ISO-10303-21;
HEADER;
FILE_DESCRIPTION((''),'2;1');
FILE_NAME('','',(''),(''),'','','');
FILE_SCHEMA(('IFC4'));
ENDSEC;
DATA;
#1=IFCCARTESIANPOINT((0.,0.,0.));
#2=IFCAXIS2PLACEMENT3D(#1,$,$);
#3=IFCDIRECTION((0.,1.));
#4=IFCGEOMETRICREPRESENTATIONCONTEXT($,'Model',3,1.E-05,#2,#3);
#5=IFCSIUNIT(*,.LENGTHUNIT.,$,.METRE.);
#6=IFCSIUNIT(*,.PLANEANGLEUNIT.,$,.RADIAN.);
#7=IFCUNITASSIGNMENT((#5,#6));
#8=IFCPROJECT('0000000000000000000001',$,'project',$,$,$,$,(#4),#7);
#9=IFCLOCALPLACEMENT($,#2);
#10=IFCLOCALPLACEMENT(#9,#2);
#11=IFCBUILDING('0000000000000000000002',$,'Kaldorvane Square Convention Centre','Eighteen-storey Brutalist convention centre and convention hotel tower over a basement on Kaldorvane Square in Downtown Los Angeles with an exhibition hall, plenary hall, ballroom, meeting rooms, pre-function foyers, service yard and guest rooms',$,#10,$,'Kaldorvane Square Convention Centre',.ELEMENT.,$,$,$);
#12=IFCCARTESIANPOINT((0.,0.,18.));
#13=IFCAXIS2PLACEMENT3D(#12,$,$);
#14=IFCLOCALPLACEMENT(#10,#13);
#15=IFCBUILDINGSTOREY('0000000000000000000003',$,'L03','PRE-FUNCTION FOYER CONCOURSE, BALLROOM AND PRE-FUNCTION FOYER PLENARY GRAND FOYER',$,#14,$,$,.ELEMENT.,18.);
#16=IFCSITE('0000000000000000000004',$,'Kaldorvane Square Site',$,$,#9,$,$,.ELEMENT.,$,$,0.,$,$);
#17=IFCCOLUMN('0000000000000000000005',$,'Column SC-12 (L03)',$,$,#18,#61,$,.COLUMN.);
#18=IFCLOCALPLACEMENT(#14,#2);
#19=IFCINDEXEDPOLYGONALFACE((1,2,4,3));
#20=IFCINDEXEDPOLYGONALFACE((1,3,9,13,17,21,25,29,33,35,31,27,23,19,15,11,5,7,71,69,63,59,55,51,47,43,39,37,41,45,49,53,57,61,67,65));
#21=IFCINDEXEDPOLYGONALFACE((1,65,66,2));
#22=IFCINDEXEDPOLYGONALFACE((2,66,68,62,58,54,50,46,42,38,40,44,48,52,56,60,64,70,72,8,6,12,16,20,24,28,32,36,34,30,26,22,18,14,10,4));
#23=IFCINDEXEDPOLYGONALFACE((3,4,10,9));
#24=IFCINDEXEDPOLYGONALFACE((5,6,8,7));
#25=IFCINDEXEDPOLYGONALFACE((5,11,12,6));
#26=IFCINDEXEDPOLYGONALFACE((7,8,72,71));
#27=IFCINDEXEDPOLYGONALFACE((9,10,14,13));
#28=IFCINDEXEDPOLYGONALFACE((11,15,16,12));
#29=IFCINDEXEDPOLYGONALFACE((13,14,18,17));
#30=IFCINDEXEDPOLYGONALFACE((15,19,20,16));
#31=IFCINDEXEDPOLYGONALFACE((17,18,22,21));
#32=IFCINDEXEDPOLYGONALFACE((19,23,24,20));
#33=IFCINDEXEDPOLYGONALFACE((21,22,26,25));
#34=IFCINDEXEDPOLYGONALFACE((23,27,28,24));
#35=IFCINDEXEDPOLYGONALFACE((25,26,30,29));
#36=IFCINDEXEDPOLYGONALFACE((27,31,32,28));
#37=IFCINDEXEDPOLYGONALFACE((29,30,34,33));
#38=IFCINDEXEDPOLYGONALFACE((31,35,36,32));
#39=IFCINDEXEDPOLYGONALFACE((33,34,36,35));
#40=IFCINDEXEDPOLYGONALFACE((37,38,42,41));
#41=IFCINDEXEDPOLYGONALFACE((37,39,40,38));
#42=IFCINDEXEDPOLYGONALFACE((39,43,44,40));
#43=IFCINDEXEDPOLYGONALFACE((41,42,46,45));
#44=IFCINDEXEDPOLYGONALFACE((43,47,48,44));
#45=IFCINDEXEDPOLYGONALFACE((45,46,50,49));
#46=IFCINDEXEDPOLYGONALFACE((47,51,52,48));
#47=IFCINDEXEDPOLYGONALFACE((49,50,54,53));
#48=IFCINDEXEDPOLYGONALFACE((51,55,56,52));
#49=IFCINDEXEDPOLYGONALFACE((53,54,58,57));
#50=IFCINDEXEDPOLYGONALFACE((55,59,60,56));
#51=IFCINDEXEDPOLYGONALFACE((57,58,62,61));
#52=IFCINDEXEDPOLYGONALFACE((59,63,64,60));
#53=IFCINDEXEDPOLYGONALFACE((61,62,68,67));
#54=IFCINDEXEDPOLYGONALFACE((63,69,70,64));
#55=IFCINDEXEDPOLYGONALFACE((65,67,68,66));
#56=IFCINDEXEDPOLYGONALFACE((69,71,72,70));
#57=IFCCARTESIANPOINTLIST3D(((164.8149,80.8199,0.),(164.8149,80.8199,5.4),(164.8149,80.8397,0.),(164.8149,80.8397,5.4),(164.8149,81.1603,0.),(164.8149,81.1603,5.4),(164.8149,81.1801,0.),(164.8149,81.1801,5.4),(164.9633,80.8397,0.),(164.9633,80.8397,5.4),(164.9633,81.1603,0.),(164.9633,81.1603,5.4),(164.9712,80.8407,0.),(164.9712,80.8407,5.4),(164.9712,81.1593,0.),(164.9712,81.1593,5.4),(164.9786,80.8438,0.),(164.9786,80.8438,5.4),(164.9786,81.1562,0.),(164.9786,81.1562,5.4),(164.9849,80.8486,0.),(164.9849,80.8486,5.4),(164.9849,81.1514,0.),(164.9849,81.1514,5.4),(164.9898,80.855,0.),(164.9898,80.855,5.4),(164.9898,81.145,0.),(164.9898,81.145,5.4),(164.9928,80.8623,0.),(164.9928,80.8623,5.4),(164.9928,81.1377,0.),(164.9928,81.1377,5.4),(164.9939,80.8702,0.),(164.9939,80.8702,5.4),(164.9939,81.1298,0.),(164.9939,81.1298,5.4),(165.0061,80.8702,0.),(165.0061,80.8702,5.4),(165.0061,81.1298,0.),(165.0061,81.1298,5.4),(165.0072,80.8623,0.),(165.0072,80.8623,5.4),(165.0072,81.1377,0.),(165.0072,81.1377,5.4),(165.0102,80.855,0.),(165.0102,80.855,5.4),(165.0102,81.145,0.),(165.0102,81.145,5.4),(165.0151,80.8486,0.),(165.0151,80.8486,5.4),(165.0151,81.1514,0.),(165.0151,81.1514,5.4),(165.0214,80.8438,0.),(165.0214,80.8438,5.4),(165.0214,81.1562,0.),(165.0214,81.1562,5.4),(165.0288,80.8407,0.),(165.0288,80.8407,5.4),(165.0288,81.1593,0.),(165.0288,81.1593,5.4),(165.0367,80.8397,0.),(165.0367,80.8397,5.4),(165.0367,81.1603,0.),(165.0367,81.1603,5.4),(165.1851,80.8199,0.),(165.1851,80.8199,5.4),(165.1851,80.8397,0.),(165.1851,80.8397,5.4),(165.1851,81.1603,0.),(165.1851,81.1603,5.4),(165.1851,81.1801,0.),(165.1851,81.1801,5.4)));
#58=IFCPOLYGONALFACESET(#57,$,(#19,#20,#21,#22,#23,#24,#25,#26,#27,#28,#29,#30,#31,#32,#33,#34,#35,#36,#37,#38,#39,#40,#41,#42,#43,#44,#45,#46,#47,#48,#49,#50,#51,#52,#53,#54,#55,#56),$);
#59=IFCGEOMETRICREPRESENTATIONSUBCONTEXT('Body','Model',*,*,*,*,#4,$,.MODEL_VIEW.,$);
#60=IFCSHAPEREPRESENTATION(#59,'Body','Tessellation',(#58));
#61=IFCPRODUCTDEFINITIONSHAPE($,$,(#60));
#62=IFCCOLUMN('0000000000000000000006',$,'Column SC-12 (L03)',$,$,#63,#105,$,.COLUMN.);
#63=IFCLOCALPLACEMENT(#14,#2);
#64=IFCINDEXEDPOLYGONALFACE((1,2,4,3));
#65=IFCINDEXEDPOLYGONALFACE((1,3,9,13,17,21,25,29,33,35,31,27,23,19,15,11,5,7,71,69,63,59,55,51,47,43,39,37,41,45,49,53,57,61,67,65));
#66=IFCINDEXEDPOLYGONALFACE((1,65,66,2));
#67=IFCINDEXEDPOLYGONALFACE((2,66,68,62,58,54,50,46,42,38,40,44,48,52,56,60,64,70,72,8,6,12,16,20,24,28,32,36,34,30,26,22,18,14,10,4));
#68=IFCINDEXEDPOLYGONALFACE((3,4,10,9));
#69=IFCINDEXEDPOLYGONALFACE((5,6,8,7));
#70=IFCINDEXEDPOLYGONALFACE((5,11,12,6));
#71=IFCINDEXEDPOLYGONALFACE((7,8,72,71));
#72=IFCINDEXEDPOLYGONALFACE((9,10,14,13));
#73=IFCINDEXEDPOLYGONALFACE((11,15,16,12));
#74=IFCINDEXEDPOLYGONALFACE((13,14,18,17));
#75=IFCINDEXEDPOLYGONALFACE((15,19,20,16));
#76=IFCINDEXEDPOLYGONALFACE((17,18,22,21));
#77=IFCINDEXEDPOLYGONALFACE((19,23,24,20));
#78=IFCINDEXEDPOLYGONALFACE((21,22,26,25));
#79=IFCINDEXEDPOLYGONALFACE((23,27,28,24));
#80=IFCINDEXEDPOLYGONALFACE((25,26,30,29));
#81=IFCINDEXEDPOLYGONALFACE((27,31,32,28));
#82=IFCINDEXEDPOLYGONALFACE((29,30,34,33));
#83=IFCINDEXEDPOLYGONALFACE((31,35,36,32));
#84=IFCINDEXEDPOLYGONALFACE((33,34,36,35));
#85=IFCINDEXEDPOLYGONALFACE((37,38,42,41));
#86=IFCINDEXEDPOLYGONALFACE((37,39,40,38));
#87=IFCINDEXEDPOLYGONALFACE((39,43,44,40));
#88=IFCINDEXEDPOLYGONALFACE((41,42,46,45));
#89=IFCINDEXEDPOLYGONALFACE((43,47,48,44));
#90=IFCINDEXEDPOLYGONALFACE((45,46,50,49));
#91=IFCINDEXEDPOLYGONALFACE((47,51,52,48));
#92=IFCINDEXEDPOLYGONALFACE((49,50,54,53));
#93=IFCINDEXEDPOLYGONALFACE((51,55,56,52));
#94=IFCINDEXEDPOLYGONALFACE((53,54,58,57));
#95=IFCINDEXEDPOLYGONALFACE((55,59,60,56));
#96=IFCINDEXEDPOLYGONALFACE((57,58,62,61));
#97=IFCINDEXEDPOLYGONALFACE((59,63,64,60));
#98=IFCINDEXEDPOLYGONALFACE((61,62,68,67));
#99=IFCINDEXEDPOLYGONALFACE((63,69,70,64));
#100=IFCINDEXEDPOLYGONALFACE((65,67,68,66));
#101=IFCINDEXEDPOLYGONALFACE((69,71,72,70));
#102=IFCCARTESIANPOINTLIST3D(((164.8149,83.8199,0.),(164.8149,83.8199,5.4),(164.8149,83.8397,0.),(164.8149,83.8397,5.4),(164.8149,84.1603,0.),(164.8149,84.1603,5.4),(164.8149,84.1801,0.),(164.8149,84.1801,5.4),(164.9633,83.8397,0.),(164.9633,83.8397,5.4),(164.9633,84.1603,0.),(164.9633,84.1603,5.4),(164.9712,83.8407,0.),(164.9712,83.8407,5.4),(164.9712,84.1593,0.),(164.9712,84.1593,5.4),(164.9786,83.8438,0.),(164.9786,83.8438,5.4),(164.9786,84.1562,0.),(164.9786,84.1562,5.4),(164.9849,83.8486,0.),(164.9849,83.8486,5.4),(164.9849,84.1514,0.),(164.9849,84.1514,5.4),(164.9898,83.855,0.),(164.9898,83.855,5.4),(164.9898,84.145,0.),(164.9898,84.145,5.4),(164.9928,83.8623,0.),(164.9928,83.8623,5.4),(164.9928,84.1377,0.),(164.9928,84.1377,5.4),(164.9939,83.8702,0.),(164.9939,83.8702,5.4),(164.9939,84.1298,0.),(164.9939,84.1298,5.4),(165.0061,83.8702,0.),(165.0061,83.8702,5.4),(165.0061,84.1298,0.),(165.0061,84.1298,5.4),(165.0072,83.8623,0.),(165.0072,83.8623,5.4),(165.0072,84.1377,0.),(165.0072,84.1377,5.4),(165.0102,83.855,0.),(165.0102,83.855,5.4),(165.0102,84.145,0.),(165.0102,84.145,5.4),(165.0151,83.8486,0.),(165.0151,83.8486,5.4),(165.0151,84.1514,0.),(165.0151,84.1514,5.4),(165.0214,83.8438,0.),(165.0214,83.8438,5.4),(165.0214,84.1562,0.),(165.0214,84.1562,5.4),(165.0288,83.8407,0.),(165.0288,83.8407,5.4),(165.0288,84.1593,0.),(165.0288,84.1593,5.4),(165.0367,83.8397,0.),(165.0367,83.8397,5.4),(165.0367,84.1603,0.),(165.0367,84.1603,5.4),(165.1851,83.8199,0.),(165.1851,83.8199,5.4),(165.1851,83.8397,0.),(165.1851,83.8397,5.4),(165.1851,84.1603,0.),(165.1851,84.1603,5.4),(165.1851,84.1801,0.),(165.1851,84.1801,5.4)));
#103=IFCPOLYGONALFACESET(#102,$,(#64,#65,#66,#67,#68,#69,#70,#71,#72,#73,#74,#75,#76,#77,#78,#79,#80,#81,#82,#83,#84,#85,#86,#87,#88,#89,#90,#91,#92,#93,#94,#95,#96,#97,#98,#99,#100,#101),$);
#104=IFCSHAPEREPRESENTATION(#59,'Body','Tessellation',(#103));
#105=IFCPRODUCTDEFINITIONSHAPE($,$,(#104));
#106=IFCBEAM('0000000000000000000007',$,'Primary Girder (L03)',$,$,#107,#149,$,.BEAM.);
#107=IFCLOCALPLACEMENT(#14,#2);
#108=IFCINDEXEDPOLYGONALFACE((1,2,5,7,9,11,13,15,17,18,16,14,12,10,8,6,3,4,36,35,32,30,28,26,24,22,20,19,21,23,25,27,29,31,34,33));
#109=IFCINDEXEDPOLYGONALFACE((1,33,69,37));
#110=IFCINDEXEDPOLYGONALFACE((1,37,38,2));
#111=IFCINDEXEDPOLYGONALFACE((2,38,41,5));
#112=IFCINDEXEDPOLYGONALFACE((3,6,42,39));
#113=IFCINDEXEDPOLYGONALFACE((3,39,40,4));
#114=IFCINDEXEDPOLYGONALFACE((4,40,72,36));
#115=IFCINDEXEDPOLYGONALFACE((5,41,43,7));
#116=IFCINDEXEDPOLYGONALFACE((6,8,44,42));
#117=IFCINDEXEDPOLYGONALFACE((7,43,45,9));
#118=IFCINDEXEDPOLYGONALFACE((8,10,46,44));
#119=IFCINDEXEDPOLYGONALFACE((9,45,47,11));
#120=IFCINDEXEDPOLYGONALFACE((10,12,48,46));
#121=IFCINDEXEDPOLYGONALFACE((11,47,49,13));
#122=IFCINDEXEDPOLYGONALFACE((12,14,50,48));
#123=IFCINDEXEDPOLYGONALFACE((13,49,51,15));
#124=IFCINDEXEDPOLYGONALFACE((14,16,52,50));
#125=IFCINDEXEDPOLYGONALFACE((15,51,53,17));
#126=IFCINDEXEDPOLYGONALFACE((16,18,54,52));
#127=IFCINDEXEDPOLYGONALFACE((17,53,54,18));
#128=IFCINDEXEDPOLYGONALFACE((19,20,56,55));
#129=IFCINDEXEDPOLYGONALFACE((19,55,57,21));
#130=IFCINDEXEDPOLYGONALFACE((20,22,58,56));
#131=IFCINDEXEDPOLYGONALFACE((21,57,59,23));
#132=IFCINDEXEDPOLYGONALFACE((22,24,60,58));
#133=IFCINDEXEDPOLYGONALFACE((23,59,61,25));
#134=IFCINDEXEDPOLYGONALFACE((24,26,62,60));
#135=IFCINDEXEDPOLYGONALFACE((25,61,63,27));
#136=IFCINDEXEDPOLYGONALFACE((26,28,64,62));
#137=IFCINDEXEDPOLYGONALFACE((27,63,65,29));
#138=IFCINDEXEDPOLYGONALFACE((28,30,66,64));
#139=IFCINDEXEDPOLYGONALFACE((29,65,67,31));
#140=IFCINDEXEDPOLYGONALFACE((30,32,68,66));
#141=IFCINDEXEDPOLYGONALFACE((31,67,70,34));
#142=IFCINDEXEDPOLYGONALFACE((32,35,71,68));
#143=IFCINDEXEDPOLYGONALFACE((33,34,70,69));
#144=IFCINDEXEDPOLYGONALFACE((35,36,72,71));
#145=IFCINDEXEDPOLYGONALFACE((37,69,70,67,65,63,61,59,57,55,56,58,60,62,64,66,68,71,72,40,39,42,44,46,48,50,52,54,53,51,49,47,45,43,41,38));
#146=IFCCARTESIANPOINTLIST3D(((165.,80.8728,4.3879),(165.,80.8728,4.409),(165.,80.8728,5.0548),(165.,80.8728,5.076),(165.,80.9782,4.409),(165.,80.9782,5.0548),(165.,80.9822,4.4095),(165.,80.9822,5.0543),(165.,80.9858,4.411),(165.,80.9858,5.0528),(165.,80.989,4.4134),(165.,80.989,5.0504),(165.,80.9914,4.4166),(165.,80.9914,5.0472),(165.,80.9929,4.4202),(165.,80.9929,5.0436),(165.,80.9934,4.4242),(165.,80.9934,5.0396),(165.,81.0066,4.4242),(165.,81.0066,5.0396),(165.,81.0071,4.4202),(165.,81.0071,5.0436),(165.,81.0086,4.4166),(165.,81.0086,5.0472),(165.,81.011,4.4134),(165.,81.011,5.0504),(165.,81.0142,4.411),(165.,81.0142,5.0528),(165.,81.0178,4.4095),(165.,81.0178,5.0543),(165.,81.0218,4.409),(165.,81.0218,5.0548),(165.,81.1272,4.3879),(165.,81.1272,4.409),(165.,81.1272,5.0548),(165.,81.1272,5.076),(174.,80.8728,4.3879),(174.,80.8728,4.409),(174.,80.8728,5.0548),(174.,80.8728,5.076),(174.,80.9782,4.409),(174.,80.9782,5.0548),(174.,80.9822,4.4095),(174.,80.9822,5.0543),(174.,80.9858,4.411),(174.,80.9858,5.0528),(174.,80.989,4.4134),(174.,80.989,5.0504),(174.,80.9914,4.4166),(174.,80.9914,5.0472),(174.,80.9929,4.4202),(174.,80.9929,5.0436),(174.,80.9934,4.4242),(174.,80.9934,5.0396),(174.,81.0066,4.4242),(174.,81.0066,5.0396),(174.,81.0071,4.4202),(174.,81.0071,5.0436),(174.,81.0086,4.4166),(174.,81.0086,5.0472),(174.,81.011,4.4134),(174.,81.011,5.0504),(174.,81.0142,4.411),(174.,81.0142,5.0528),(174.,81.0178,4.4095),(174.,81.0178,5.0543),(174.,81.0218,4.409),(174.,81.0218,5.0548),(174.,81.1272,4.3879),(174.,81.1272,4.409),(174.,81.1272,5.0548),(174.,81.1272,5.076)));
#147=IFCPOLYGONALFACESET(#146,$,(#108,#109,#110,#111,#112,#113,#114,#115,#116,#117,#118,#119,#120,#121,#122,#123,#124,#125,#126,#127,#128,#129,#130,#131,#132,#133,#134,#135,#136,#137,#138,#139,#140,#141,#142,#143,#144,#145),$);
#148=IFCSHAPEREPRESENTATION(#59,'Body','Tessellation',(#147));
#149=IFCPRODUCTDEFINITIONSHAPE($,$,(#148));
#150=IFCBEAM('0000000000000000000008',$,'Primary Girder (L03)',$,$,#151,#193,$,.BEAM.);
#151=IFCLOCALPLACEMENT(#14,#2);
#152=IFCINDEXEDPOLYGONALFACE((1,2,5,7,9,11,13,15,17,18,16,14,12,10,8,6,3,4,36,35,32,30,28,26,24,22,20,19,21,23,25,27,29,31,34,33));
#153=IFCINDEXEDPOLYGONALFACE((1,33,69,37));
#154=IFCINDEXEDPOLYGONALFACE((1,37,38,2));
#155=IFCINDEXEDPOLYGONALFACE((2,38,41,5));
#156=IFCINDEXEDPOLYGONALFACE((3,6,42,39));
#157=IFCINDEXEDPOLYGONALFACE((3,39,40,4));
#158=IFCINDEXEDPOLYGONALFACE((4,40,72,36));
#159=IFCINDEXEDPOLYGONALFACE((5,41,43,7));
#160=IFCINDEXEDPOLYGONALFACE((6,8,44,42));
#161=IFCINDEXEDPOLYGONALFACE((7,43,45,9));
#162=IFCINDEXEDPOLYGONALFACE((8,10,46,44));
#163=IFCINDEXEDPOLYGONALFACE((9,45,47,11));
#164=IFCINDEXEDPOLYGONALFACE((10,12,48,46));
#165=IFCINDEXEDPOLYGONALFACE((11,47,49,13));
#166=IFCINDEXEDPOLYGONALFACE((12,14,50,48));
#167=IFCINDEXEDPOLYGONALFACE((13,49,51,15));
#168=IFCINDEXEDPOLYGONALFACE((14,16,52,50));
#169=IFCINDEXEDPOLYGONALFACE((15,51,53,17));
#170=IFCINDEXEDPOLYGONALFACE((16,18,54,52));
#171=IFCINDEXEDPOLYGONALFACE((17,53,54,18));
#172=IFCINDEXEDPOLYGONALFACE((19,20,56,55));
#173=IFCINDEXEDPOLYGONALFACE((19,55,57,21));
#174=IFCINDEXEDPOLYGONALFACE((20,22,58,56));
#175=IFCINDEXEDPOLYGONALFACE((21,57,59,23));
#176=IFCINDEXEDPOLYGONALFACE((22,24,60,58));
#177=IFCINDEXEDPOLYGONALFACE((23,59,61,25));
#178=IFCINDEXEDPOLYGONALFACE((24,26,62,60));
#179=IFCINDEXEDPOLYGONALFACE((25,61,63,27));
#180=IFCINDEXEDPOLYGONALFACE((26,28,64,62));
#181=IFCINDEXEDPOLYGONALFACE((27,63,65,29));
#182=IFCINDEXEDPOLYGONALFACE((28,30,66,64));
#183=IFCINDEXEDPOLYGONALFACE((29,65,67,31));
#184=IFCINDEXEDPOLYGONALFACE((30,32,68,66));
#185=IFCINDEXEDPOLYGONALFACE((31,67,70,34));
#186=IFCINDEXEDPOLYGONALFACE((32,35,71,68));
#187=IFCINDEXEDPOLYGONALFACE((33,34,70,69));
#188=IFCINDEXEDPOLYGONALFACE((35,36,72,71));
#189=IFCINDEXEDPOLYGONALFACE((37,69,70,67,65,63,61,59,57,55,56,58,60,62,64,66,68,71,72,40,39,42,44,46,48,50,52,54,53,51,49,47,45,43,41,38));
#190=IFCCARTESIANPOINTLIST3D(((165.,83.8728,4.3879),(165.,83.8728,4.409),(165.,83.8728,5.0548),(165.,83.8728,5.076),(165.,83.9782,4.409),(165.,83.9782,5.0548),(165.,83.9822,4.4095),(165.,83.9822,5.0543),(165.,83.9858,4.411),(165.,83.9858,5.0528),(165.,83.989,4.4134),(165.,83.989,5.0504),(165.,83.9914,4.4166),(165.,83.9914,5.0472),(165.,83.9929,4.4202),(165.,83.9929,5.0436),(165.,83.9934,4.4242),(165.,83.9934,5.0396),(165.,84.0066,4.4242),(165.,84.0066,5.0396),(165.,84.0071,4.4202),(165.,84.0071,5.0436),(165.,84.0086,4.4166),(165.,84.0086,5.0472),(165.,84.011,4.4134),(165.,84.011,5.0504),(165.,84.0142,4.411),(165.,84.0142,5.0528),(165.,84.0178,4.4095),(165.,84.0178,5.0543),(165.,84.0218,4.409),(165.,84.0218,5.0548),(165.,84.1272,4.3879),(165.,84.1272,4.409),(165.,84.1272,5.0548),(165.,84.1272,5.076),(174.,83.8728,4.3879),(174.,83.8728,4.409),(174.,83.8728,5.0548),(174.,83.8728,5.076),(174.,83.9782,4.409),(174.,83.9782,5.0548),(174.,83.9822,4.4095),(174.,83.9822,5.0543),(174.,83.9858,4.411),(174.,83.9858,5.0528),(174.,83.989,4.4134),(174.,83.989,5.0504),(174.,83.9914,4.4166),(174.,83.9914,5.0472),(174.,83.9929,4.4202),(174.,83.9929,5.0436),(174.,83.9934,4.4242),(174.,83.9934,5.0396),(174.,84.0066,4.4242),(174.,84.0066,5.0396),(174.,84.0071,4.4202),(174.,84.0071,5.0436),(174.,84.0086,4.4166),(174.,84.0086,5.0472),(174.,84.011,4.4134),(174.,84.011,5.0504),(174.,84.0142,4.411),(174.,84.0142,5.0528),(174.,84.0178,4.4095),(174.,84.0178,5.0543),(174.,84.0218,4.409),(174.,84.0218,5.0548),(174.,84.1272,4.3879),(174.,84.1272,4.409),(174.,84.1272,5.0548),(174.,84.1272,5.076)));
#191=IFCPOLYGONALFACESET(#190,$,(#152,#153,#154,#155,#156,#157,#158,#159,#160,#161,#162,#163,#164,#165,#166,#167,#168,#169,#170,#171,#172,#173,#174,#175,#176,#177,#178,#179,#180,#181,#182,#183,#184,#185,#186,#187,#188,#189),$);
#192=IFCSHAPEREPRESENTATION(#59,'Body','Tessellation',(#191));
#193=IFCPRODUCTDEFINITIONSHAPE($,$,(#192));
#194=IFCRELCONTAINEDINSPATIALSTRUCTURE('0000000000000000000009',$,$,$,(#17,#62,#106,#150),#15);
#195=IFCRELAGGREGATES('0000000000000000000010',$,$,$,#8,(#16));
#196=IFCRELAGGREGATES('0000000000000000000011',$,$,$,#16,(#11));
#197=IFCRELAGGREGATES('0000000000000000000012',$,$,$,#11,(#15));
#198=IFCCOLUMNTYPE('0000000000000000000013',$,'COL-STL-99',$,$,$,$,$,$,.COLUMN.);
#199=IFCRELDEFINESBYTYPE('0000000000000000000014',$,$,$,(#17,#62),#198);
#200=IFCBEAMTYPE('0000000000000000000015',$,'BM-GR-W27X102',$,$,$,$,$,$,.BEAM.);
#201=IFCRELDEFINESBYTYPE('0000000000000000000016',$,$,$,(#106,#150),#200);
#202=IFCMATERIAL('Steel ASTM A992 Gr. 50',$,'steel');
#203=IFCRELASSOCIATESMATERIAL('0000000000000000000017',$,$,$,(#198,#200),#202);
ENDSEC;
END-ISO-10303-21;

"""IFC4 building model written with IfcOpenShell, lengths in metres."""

from ifc_helpers import new_model, si_unit, direction, frame, origin, origin_2d, place, context, subcontext, project, spatial, i_section, extrude, material, material_profile, profile_set, type_object, element, save


model = new_model("IFC4")

# Units and contexts
model_context = context("Model", 3, precision=1e-05, world=origin(), true_north=direction((0.0, 1.0)))
body_context = subcontext(model_context, "Body", "Model", "MODEL_VIEW")
ifc_project = project(units=[si_unit("LENGTHUNIT", "METRE"), si_unit("PLANEANGLEUNIT", "RADIAN")], contexts=[model_context])

# Site, building, storey
site_placement = place(None, origin())
site = spatial("IfcSite", under=ifc_project, at=site_placement, Name="Kaldorvane Square Site", CompositionType="ELEMENT", RefElevation=0.0)
building_placement = place(site_placement, origin())
building = spatial("IfcBuilding", under=site, at=building_placement, Name="Kaldorvane Square Convention Centre", Description="Eighteen-storey Brutalist convention centre and convention hotel tower over a basement on Kaldorvane Square in Downtown Los Angeles with an exhibition hall, plenary hall, ballroom, meeting rooms, pre-function foyers, service yard and guest rooms", LongName="Kaldorvane Square Convention Centre", CompositionType="ELEMENT")
storey_placement = place(building_placement, frame((0.0, 0.0, 18.0)))
storey = spatial("IfcBuildingStorey", under=building, at=storey_placement, Name="L03", Description="PRE-FUNCTION FOYER CONCOURSE, BALLROOM AND PRE-FUNCTION FOYER PLENARY GRAND FOYER", CompositionType="ELEMENT", Elevation=18.0)

# Columns
ifc_material_1 = material(Name="Steel ASTM A992 Gr. 50", Category="steel")
ifc_material_profile_1 = material_profile(ifc_material_1, i_section(OverallWidth=0.3701, OverallDepth=0.3602, WebThickness=0.0123, FlangeThickness=0.0198, FilletRadius=0.0305, at=origin_2d()), Name="W14X99")
ifc_profile_set_1 = profile_set([ifc_material_profile_1], Name="Steel ASTM A992 Gr. 50")
column_type = type_object("IfcColumnType", Name="COL-STL-99", PredefinedType="COLUMN", material=ifc_profile_set_1)
for number, where, z_axis, x_axis, name in (
    (1, (165.0, 81.0, 0.0), (0.0, 0.0, 1.0), (1.0, 0.0, 0.0), "Column SC-12 (L03)"),
    (2, (165.0, 84.0, 0.0), (0.0, 0.0, 1.0), (1.0, 0.0, 0.0), "Column SC-12 (L03)"),
):
    element("IfcColumn", number, at=place(storey_placement, frame(where, z_axis=z_axis, x_axis=x_axis)), inside=storey, type_object=column_type, Name=name, PredefinedType="COLUMN", context=body_context, shape_type="SweptSolid", body=[
        extrude(i_section(OverallWidth=0.3701, OverallDepth=0.3602, WebThickness=0.0123, FlangeThickness=0.0198, FilletRadius=0.0305, at=origin_2d()), origin(), (0.0, 0.0, 1.0), 5.4),
    ])

# Beams
ifc_material_profile_2 = material_profile(ifc_material_1, i_section(OverallWidth=0.2544, OverallDepth=0.6881, WebThickness=0.0131, FlangeThickness=0.0211, FilletRadius=0.0152, at=origin_2d()), Name="W27X102")
ifc_profile_set_2 = profile_set([ifc_material_profile_2], Name="Steel ASTM A992 Gr. 50")
beam_type_1 = type_object("IfcBeamType", Name="BM-GR-W27X102", PredefinedType="BEAM", material=ifc_profile_set_2)
for number, where, z_axis, x_axis, name in (
    (3, (165.0, 81.0, 4.7319), (1.0, 0.0, 0.0), (0.0, 1.0, 0.0), "Primary Girder (L03)"),
    (4, (165.0, 84.0, 4.7319), (1.0, 0.0, 0.0), (0.0, 1.0, 0.0), "Primary Girder (L03)"),
):
    element("IfcBeam", number, at=place(storey_placement, frame(where, z_axis=z_axis, x_axis=x_axis)), inside=storey, type_object=beam_type_1, Name=name, PredefinedType="BEAM", context=body_context, shape_type="SweptSolid", body=[
        extrude(i_section(OverallWidth=0.2544, OverallDepth=0.6881, WebThickness=0.0131, FlangeThickness=0.0211, FilletRadius=0.0152, at=origin_2d()), origin(), (0.0, 0.0, 1.0), 9.0),
    ])

save(model, "model.ifc")
